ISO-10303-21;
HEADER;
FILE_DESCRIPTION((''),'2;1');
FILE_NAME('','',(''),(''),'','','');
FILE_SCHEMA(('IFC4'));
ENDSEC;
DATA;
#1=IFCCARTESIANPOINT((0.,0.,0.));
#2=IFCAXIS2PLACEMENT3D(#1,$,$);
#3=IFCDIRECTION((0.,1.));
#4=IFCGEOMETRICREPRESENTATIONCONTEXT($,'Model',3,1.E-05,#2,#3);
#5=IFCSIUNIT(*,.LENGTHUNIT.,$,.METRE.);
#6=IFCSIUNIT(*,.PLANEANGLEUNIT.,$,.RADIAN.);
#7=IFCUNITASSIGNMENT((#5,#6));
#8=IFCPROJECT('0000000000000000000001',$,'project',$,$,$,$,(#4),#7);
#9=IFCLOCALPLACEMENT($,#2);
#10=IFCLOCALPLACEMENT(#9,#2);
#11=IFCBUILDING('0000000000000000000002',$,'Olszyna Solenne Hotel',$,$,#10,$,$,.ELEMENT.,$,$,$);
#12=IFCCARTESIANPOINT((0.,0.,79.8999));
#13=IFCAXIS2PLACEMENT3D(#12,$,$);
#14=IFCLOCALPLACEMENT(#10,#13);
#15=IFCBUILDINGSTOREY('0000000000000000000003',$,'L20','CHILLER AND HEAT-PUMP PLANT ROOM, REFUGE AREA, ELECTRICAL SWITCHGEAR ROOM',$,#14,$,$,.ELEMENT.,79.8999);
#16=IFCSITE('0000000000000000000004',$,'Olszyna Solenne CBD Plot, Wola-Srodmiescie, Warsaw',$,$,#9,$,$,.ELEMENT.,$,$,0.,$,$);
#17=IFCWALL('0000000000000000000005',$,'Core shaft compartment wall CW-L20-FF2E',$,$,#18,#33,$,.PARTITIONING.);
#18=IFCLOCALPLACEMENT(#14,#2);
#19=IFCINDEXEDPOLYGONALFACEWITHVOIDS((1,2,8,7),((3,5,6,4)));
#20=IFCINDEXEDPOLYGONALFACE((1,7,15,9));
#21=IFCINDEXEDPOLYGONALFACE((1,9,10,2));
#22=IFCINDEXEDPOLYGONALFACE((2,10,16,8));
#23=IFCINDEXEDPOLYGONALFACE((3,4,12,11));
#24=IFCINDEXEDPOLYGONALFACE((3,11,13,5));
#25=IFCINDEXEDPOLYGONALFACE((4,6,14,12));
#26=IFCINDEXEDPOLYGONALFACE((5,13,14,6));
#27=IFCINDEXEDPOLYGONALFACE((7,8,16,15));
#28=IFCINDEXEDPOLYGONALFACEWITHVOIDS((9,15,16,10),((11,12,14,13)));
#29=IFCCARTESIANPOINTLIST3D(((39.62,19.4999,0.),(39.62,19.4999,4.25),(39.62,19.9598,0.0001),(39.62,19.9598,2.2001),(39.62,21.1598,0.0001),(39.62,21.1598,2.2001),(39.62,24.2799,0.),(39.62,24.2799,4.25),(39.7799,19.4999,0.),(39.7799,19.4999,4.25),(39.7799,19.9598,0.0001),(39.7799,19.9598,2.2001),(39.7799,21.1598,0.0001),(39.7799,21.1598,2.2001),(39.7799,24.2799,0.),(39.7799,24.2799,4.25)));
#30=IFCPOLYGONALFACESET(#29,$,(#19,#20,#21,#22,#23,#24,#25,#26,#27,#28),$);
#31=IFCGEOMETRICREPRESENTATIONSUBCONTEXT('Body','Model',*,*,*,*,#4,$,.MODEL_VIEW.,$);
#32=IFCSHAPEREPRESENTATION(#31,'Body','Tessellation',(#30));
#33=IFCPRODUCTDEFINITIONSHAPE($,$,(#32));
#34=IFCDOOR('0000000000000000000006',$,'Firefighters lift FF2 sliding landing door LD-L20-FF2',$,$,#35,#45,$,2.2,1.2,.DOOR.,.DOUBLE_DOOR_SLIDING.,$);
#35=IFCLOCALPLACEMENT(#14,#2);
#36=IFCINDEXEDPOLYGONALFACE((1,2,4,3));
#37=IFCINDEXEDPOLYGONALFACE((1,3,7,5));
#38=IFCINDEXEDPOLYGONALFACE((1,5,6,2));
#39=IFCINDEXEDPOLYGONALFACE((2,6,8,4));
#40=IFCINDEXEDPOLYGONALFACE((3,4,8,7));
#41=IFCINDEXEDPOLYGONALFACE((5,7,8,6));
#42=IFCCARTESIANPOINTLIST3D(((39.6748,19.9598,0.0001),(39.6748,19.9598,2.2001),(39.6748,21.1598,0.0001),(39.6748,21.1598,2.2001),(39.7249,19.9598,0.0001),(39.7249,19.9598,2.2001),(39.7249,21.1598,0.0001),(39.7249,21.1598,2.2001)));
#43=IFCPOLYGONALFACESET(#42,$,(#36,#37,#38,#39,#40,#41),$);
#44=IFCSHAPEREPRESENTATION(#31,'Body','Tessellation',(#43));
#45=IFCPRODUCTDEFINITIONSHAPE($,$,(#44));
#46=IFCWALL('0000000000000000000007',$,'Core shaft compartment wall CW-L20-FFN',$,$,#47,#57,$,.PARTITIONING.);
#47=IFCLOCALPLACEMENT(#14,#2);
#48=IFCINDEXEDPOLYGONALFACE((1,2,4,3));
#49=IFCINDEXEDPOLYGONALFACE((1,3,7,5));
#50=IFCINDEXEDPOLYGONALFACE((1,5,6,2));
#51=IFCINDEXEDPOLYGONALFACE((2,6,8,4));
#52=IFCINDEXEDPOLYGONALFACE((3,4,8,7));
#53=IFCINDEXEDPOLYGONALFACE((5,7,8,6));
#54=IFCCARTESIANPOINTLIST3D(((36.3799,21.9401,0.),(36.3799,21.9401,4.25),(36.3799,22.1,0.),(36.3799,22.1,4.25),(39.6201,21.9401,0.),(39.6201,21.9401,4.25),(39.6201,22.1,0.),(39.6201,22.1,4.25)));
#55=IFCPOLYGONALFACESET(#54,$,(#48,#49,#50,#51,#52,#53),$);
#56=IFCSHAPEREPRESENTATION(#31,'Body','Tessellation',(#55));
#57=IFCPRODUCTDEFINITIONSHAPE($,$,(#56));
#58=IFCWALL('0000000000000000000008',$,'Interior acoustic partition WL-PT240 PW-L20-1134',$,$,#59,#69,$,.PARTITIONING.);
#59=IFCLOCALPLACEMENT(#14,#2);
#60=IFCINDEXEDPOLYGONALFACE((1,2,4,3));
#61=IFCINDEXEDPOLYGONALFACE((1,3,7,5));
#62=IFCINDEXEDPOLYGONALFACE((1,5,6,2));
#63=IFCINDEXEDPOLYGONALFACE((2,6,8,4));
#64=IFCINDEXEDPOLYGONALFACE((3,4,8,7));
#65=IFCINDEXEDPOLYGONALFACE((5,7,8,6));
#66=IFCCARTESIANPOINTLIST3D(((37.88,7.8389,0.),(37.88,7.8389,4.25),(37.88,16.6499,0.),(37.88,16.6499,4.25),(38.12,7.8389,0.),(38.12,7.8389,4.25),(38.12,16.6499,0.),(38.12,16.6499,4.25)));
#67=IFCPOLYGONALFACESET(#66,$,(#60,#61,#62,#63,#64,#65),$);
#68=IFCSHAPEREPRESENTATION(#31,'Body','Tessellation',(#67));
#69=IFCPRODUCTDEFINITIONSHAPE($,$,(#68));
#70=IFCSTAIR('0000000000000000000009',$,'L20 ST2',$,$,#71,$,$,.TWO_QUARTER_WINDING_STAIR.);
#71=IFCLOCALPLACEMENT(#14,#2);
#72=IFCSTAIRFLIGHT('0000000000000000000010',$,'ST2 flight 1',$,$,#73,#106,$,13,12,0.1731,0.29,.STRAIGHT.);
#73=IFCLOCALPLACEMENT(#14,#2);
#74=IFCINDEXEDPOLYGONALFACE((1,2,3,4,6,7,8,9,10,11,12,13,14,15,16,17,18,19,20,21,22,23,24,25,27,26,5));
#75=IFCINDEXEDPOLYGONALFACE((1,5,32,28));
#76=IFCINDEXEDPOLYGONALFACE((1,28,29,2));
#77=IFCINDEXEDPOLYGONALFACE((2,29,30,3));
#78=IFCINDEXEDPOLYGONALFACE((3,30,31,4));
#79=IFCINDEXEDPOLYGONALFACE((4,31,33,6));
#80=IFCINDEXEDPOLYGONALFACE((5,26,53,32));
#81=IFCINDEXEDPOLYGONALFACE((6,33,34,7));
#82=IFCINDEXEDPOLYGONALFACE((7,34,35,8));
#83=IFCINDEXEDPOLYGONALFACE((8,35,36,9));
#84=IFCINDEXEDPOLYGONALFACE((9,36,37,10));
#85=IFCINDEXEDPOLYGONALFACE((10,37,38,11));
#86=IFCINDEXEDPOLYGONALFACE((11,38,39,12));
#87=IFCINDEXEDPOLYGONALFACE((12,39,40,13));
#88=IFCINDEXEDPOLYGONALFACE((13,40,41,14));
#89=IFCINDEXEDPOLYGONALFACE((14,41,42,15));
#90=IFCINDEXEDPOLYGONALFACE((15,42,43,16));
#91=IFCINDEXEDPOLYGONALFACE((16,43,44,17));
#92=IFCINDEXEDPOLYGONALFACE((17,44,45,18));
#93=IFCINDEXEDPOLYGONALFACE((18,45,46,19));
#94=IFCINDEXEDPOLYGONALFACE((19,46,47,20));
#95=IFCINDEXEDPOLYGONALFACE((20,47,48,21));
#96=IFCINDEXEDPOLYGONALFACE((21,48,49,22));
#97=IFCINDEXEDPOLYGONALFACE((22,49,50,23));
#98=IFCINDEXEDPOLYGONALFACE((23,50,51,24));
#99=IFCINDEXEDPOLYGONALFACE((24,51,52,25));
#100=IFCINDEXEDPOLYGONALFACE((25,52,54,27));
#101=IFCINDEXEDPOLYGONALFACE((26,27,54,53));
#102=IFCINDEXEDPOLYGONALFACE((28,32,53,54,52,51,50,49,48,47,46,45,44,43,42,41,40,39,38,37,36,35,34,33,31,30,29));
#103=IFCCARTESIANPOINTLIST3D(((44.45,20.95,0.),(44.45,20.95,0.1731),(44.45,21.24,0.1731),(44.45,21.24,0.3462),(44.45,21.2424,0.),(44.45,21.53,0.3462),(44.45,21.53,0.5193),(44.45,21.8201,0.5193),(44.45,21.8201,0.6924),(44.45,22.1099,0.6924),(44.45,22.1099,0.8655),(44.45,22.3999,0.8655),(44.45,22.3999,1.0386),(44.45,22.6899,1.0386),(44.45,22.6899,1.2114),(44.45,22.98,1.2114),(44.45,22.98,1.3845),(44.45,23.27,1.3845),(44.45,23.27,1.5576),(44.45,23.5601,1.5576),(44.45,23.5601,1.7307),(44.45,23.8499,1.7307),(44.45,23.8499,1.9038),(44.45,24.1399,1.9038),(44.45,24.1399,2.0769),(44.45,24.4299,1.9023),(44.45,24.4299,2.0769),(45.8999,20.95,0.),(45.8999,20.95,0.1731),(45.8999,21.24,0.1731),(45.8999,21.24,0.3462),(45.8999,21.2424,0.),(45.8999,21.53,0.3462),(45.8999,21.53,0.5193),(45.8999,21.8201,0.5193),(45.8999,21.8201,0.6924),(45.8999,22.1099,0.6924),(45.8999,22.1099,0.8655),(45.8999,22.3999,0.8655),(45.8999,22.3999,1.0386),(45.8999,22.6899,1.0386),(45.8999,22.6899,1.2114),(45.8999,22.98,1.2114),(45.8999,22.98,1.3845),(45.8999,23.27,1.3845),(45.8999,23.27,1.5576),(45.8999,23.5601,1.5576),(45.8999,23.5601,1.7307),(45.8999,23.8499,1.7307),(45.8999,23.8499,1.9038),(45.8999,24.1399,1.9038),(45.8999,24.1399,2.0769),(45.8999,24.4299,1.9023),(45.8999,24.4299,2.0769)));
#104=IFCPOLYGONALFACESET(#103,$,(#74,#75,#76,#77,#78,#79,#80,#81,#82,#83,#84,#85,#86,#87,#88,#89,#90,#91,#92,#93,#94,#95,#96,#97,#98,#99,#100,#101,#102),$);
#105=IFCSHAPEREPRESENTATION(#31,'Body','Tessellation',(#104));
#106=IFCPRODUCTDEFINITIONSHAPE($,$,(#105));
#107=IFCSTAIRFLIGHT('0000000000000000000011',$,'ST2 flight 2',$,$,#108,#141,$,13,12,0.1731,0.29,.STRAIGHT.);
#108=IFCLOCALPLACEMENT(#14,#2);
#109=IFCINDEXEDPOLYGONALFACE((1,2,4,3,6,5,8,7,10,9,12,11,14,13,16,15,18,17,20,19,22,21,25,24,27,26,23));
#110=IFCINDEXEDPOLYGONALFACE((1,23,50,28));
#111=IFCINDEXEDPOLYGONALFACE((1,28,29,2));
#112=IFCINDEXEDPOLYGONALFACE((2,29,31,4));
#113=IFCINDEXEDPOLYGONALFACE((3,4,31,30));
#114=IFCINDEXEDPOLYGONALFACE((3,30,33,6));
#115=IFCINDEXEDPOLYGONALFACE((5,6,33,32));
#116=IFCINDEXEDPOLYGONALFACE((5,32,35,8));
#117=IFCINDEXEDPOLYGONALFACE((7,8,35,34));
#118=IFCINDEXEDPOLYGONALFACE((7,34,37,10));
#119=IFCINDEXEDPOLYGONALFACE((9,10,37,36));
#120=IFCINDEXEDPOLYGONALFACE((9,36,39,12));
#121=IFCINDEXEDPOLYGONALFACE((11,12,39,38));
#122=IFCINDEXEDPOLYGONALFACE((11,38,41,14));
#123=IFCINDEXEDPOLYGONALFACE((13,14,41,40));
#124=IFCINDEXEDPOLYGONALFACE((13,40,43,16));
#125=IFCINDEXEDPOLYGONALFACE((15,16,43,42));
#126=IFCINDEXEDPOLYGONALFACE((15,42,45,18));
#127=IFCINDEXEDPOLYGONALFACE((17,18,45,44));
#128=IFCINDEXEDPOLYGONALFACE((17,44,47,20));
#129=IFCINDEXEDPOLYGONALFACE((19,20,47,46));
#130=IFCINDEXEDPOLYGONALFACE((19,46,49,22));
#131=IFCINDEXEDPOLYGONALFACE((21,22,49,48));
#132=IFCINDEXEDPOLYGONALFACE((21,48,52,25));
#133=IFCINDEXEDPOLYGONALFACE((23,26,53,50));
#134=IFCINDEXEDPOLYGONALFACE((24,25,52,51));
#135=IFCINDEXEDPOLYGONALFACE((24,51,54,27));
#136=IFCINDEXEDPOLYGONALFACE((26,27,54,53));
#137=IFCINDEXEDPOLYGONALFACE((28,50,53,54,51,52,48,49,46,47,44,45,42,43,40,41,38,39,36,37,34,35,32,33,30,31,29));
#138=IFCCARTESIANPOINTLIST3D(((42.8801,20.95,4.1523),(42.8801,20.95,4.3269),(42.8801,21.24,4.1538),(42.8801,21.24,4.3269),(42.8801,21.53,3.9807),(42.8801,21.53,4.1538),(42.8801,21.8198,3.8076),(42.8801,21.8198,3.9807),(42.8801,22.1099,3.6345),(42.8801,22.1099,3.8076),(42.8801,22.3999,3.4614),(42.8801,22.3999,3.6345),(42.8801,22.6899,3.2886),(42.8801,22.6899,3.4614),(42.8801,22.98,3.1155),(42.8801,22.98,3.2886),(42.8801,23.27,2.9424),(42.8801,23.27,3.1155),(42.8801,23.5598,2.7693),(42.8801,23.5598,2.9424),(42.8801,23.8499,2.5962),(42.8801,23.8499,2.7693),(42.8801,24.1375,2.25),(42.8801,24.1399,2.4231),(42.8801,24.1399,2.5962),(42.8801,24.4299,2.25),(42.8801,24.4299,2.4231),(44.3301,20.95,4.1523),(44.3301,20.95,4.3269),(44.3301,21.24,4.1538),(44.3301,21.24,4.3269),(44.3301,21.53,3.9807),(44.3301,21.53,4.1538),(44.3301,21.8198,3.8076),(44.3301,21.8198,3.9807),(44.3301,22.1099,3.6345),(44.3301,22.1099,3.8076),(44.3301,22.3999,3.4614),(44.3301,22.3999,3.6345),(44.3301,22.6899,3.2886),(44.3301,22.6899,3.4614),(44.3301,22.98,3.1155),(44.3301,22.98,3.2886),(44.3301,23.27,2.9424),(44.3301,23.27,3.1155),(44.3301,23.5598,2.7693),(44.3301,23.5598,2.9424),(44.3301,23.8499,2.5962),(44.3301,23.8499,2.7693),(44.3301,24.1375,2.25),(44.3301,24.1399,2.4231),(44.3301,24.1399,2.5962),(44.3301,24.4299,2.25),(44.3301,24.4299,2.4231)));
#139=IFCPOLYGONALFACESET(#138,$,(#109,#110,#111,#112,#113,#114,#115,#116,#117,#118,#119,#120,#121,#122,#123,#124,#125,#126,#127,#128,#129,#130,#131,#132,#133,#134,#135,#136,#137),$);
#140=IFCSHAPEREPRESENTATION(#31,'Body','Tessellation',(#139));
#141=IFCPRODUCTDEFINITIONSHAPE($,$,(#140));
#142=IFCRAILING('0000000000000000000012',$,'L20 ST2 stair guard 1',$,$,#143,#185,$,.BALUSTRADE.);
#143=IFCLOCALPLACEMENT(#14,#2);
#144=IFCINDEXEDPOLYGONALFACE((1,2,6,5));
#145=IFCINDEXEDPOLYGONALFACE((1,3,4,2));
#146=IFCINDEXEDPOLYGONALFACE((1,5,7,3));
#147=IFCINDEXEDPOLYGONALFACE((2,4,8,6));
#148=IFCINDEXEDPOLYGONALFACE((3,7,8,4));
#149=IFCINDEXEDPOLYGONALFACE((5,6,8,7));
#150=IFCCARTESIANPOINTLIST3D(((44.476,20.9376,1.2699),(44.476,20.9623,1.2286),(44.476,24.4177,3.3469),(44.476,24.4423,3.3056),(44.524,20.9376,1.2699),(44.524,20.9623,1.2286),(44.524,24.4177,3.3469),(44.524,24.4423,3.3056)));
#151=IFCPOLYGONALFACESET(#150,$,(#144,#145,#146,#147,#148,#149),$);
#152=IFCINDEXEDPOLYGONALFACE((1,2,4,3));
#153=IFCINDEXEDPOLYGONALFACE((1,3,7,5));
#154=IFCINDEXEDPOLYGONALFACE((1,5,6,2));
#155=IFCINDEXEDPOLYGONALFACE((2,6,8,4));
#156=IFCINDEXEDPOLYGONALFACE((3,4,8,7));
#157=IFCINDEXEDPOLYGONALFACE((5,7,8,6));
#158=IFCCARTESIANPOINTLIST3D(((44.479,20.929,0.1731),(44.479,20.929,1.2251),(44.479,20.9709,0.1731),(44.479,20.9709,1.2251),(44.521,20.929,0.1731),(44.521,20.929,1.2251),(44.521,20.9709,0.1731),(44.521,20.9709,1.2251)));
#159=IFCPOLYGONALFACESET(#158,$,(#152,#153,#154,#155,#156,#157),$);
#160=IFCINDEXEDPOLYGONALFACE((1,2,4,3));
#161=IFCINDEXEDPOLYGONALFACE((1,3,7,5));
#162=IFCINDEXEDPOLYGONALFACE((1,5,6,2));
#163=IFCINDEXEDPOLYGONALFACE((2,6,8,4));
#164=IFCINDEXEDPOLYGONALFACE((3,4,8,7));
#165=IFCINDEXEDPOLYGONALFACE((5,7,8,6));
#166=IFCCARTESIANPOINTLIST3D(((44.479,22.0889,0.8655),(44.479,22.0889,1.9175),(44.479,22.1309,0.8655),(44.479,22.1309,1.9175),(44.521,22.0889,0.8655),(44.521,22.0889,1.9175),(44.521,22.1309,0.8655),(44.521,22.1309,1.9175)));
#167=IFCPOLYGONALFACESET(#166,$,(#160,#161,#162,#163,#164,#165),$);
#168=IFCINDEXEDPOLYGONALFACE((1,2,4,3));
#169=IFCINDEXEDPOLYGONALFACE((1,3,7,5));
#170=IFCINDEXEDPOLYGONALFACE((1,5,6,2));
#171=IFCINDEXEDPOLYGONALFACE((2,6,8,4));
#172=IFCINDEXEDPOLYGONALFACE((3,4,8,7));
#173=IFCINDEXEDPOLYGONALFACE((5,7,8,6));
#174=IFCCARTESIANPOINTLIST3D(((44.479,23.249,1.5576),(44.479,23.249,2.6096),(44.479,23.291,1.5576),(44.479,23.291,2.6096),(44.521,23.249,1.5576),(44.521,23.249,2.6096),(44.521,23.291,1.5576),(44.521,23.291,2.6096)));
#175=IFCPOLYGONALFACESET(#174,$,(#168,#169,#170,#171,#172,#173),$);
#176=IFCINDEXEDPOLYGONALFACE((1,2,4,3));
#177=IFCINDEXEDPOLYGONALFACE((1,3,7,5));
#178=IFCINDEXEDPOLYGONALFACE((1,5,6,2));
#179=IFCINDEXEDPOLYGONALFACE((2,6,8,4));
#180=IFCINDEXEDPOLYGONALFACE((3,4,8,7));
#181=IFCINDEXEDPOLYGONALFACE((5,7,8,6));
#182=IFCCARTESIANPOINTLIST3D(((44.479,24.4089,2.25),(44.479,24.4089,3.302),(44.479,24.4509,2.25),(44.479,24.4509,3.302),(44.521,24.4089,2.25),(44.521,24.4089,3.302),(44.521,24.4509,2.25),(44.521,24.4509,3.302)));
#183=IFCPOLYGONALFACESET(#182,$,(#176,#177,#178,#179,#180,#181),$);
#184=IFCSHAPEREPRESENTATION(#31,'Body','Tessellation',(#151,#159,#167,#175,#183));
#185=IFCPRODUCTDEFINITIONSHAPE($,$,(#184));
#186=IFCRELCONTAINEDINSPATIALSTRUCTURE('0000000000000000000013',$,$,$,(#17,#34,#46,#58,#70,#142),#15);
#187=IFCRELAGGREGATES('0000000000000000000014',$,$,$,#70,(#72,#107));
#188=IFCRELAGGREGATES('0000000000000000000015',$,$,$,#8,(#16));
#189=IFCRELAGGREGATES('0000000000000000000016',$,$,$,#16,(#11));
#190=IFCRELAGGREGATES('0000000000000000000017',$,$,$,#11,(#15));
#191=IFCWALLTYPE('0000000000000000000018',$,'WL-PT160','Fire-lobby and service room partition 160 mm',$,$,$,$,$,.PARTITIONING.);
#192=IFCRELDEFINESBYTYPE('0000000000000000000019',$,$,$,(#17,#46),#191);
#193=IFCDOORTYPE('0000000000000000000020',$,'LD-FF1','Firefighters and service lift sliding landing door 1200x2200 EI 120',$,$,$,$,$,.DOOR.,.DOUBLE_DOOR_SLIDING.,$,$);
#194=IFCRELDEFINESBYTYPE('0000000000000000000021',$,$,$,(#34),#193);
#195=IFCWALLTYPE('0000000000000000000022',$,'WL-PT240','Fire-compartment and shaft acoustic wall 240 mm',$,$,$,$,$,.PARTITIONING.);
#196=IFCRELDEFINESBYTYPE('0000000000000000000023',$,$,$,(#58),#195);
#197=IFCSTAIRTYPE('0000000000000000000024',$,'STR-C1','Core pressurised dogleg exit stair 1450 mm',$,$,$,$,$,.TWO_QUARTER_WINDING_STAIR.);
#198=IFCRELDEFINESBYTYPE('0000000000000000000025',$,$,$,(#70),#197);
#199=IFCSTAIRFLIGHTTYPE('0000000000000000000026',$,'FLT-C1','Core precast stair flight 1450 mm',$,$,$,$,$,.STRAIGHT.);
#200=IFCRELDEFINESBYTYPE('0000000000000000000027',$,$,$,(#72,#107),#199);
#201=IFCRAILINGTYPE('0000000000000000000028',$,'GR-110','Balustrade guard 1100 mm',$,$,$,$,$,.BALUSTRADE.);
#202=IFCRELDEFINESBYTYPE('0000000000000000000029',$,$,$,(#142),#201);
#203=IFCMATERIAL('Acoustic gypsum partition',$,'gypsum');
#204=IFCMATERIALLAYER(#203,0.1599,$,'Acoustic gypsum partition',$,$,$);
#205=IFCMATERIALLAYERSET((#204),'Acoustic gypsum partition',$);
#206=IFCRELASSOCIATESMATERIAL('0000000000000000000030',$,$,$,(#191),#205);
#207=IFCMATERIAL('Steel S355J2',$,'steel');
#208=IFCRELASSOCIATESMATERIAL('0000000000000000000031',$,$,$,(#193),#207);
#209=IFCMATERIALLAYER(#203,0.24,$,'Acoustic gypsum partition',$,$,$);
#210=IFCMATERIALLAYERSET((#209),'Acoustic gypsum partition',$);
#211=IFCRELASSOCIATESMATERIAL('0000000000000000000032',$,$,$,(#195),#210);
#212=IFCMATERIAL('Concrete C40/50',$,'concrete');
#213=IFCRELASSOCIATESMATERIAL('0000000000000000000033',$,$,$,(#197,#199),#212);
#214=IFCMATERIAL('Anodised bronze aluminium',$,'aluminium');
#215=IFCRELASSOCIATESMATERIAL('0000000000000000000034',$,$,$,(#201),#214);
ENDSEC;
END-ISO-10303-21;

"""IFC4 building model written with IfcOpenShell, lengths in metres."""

from ifc_helpers import new_model, si_unit, direction, frame, frame_2d, origin, origin_2d, place, context, subcontext, project, spatial, polyline, rectangle, outline, extrude, source, transform, mapped, material, layer, layer_set, type_object, type_shapes, element, fill, aggregate, save


model = new_model("IFC4")

# Units and contexts
model_context = context("Model", 3, precision=1e-05, world=origin(), true_north=direction((0.0, 1.0)))
body_context = subcontext(model_context, "Body", "Model", "MODEL_VIEW")
ifc_project = project(units=[si_unit("LENGTHUNIT", "METRE"), si_unit("PLANEANGLEUNIT", "RADIAN")], contexts=[model_context])

# Site, building, storey
site_placement = place(None, origin())
site = spatial("IfcSite", under=ifc_project, at=site_placement, Name="Olszyna Solenne CBD Plot, Wola-Srodmiescie, Warsaw", CompositionType="ELEMENT", RefElevation=0.0)
building_placement = place(site_placement, origin())
building = spatial("IfcBuilding", under=site, at=building_placement, Name="Olszyna Solenne Hotel", CompositionType="ELEMENT")
storey_placement = place(building_placement, frame((0.0, 0.0, 79.8999)))
storey = spatial("IfcBuildingStorey", under=building, at=storey_placement, Name="L20", Description="CHILLER AND HEAT-PUMP PLANT ROOM, REFUGE AREA, ELECTRICAL SWITCHGEAR ROOM", CompositionType="ELEMENT", Elevation=79.8999)

# Shared definitions
ifc_material_1 = material(Name="Steel S355J2", Category="steel")

# Shared definitions
ifc_material_2 = material(Name="Acoustic gypsum partition", Category="gypsum")

# Shared definitions
ifc_layer_1 = layer(ifc_material_2, 0.1599, Name="Acoustic gypsum partition")
ifc_layer_set_1 = layer_set([ifc_layer_1], Name="Acoustic gypsum partition")
wall_type_1 = type_object("IfcWallType", Name="WL-PT160", Description="Fire-lobby and service room partition 160 mm", PredefinedType="PARTITIONING", material=ifc_layer_set_1)
door_type_1 = type_object("IfcDoorType", Name="LD-FF1", Description="Firefighters and service lift sliding landing door 1200x2200 EI 120", OperationType="DOUBLE_DOOR_SLIDING", PredefinedType="DOOR", material=ifc_material_1)
shared_shape_1 = source(origin(), body_context, "Body", "SweptSolid", [
    extrude(rectangle(XDim=1.2, YDim=2.2, at=frame_2d((0.6001, 1.1001))), frame((0.0, 0.0249, 0.0), z_axis=(0.0, -1.0, 0.0), x_axis=(1.0, 0.0, 0.0)), (0.0, 0.0, 1.0), 0.05),
])
type_shapes(door_type_1, [shared_shape_1])

# Wall, opening, door
wall_1_placement = place(storey_placement, frame((39.7, 24.28, 0.0), z_axis=(0.0, 0.0, 1.0), x_axis=(0.0, -1.0, 0.0)))
wall_1 = element("IfcWall", 1, at=wall_1_placement, inside=storey, type_object=wall_type_1, Name="Core shaft compartment wall CW-L20-FF2E", PredefinedType="PARTITIONING", context=body_context, shape_type="SweptSolid", body=[
    extrude(rectangle(XDim=4.78, YDim=0.1599, at=frame_2d((2.3901, 0.0))), origin(), (0.0, 0.0, 1.0), 4.25),
])
opening_1_placement = place(wall_1_placement, frame((3.1201, 0.0, 0.0)))
opening_1 = element("IfcOpeningElement", 2, at=opening_1_placement, cuts=wall_1, PredefinedType="OPENING", context=body_context, shape_type="SweptSolid", body=[
    extrude(rectangle(XDim=1.2, YDim=2.2, at=frame_2d((0.6001, 1.1001))), frame((0.0, 0.0898, 0.0), z_axis=(0.0, -1.0, 0.0), x_axis=(1.0, 0.0, 0.0)), (0.0, 0.0, 1.0), 0.1799),
])
door_1_placement = place(opening_1_placement, origin())
door_1 = element("IfcDoor", 3, at=door_1_placement, inside=storey, type_object=door_type_1, Name="Firefighters lift FF2 sliding landing door LD-L20-FF2", OperationType="DOUBLE_DOOR_SLIDING", OverallHeight=2.2, OverallWidth=1.2, PredefinedType="DOOR", context=body_context, shape_type="MappedRepresentation", body=[
    mapped(shared_shape_1, transform((0.0, 0.0, 0.0), x_axis=(1.0, 0.0, 0.0), y_axis=(0.0, 1.0, 0.0), z_axis=(0.0, 0.0, 1.0), scale=1.0)),
])
fill(opening_1, door_1)

# Walls
wall_2_placement = place(storey_placement, frame((36.3799, 22.02, 0.0), z_axis=(0.0, 0.0, 1.0), x_axis=(1.0, 0.0, 0.0)))
element("IfcWall", 4, at=wall_2_placement, inside=storey, type_object=wall_type_1, Name="Core shaft compartment wall CW-L20-FFN", PredefinedType="PARTITIONING", context=body_context, shape_type="SweptSolid", body=[
    extrude(rectangle(XDim=3.2402, YDim=0.1599, at=frame_2d((1.6201, 0.0))), origin(), (0.0, 0.0, 1.0), 4.25),
])
ifc_layer_2 = layer(ifc_material_2, 0.24, Name="Acoustic gypsum partition")
ifc_layer_set_2 = layer_set([ifc_layer_2], Name="Acoustic gypsum partition")
wall_type_2 = type_object("IfcWallType", Name="WL-PT240", Description="Fire-compartment and shaft acoustic wall 240 mm", PredefinedType="PARTITIONING", material=ifc_layer_set_2)
wall_3_placement = place(storey_placement, frame((38.0, 16.6499, 0.0), z_axis=(0.0, 0.0, 1.0), x_axis=(0.0, -1.0, 0.0)))
element("IfcWall", 5, at=wall_3_placement, inside=storey, type_object=wall_type_2, Name="Interior acoustic partition WL-PT240 PW-L20-1134", PredefinedType="PARTITIONING", context=body_context, shape_type="SweptSolid", body=[
    extrude(rectangle(XDim=8.811, YDim=0.24, at=frame_2d((4.4055, 0.0))), origin(), (0.0, 0.0, 1.0), 4.25),
])

# Stair, stair flights
ifc_material_3 = material(Name="Concrete C40/50", Category="concrete")
stair_type = type_object("IfcStairType", Name="STR-C1", Description="Core pressurised dogleg exit stair 1450 mm", PredefinedType="TWO_QUARTER_WINDING_STAIR", material=ifc_material_3)
stair_placement = place(storey_placement, origin())
stair = element("IfcStair", 6, at=stair_placement, inside=storey, type_object=stair_type, Name="L20 ST2", PredefinedType="TWO_QUARTER_WINDING_STAIR")
stair_flight_type = type_object("IfcStairFlightType", Name="FLT-C1", Description="Core precast stair flight 1450 mm", PredefinedType="STRAIGHT", material=ifc_material_3)
stair_flight_1_placement = place(storey_placement, frame((45.175, 20.95, 0.0), z_axis=(0.0, 0.0, 1.0), x_axis=(0.0, 1.0, 0.0)))
stair_flight_1 = element("IfcStairFlight", 7, at=stair_flight_1_placement, type_object=stair_flight_type, Name="ST2 flight 1", NumberOfRisers=13, NumberOfTreads=12, PredefinedType="STRAIGHT", RiserHeight=0.1731, TreadLength=0.29, context=body_context, shape_type="SweptSolid", body=[
    extrude(outline(polyline([(0.0, 0.0), (0.0, 0.1731), (0.29, 0.1731), (0.29, 0.3462), (0.5801, 0.3462), (0.5801, 0.5193), (0.8701, 0.5193), (0.8701, 0.6924), (1.1599, 0.6924), (1.1599, 0.8655), (1.45, 0.8655), (1.45, 1.0386), (1.74, 1.0386), (1.74, 1.2114), (2.03, 1.2114), (2.03, 1.3845), (2.3201, 1.3845), (2.3201, 1.5576), (2.6101, 1.5576), (2.6101, 1.7307), (2.8999, 1.7307), (2.8999, 1.9038), (3.1899, 1.9038), (3.1899, 2.0769), (3.48, 2.0769), (3.48, 2.25), (3.48, 1.9023), (0.2925, 0.0), (0.0, 0.0)])), frame((0.0, 0.7251, 0.0), z_axis=(0.0, -1.0, 0.0), x_axis=(1.0, 0.0, 0.0)), (0.0, 0.0, 1.0), 1.45),
])
stair_flight_2_placement = place(storey_placement, frame((43.605, 24.4299, 2.25), z_axis=(0.0, 0.0, 1.0), x_axis=(0.0, -1.0, 0.0)))
stair_flight_2 = element("IfcStairFlight", 8, at=stair_flight_2_placement, type_object=stair_flight_type, Name="ST2 flight 2", NumberOfRisers=13, NumberOfTreads=12, PredefinedType="STRAIGHT", RiserHeight=0.1731, TreadLength=0.29, context=body_context, shape_type="SweptSolid", body=[
    extrude(outline(polyline([(0.0, 0.0), (0.0, 0.1731), (0.29, 0.1731), (0.29, 0.3462), (0.5801, 0.3462), (0.5801, 0.5193), (0.8701, 0.5193), (0.8701, 0.6924), (1.1599, 0.6924), (1.1599, 0.8655), (1.45, 0.8655), (1.45, 1.0386), (1.74, 1.0386), (1.74, 1.2114), (2.03, 1.2114), (2.03, 1.3845), (2.3201, 1.3845), (2.3201, 1.5576), (2.6101, 1.5576), (2.6101, 1.7307), (2.8999, 1.7307), (2.8999, 1.9038), (3.1899, 1.9038), (3.1899, 2.0769), (3.48, 2.0769), (3.48, 2.25), (3.48, 1.9023), (0.2925, 0.0), (0.0, 0.0)])), frame((0.0, 0.7251, 0.0), z_axis=(0.0, -1.0, 0.0), x_axis=(1.0, 0.0, 0.0)), (0.0, 0.0, 1.0), 1.45),
])
aggregate(stair, [stair_flight_1, stair_flight_2])

# Railing
ifc_material_4 = material(Name="Anodised bronze aluminium", Category="aluminium")
railing_type_1 = type_object("IfcRailingType", Name="GR-110", Description="Balustrade guard 1100 mm", PredefinedType="BALUSTRADE", material=ifc_material_4)
railing_1_placement = place(storey_placement, frame((44.5, 20.95, 0.1731)))
element("IfcRailing", 9, at=railing_1_placement, inside=storey, type_object=railing_type_1, Name="L20 ST2 stair guard 1", PredefinedType="BALUSTRADE", context=body_context, shape_type="SweptSolid", body=[
    extrude(rectangle(XDim=0.0481, YDim=0.0481, at=origin_2d()), frame((0.0, 0.0, 1.0762), z_axis=(0.0, 0.858697, 0.512483), x_axis=(-1.0, 0.0, 0.0)), (0.0, 0.0, 1.0), 4.0527),
    extrude(rectangle(XDim=0.042, YDim=0.042, at=origin_2d()), origin(), (0.0, 0.0, 1.0), 1.052),
    extrude(rectangle(XDim=0.042, YDim=0.042, at=origin_2d()), frame((0.0, 1.1599, 0.6924)), (0.0, 0.0, 1.0), 1.052),
    extrude(rectangle(XDim=0.042, YDim=0.042, at=origin_2d()), frame((0.0, 2.3201, 1.3845)), (0.0, 0.0, 1.0), 1.052),
    extrude(rectangle(XDim=0.042, YDim=0.042, at=origin_2d()), frame((0.0, 3.48, 2.0769)), (0.0, 0.0, 1.0), 1.052),
])

save(model, "model.ifc")
